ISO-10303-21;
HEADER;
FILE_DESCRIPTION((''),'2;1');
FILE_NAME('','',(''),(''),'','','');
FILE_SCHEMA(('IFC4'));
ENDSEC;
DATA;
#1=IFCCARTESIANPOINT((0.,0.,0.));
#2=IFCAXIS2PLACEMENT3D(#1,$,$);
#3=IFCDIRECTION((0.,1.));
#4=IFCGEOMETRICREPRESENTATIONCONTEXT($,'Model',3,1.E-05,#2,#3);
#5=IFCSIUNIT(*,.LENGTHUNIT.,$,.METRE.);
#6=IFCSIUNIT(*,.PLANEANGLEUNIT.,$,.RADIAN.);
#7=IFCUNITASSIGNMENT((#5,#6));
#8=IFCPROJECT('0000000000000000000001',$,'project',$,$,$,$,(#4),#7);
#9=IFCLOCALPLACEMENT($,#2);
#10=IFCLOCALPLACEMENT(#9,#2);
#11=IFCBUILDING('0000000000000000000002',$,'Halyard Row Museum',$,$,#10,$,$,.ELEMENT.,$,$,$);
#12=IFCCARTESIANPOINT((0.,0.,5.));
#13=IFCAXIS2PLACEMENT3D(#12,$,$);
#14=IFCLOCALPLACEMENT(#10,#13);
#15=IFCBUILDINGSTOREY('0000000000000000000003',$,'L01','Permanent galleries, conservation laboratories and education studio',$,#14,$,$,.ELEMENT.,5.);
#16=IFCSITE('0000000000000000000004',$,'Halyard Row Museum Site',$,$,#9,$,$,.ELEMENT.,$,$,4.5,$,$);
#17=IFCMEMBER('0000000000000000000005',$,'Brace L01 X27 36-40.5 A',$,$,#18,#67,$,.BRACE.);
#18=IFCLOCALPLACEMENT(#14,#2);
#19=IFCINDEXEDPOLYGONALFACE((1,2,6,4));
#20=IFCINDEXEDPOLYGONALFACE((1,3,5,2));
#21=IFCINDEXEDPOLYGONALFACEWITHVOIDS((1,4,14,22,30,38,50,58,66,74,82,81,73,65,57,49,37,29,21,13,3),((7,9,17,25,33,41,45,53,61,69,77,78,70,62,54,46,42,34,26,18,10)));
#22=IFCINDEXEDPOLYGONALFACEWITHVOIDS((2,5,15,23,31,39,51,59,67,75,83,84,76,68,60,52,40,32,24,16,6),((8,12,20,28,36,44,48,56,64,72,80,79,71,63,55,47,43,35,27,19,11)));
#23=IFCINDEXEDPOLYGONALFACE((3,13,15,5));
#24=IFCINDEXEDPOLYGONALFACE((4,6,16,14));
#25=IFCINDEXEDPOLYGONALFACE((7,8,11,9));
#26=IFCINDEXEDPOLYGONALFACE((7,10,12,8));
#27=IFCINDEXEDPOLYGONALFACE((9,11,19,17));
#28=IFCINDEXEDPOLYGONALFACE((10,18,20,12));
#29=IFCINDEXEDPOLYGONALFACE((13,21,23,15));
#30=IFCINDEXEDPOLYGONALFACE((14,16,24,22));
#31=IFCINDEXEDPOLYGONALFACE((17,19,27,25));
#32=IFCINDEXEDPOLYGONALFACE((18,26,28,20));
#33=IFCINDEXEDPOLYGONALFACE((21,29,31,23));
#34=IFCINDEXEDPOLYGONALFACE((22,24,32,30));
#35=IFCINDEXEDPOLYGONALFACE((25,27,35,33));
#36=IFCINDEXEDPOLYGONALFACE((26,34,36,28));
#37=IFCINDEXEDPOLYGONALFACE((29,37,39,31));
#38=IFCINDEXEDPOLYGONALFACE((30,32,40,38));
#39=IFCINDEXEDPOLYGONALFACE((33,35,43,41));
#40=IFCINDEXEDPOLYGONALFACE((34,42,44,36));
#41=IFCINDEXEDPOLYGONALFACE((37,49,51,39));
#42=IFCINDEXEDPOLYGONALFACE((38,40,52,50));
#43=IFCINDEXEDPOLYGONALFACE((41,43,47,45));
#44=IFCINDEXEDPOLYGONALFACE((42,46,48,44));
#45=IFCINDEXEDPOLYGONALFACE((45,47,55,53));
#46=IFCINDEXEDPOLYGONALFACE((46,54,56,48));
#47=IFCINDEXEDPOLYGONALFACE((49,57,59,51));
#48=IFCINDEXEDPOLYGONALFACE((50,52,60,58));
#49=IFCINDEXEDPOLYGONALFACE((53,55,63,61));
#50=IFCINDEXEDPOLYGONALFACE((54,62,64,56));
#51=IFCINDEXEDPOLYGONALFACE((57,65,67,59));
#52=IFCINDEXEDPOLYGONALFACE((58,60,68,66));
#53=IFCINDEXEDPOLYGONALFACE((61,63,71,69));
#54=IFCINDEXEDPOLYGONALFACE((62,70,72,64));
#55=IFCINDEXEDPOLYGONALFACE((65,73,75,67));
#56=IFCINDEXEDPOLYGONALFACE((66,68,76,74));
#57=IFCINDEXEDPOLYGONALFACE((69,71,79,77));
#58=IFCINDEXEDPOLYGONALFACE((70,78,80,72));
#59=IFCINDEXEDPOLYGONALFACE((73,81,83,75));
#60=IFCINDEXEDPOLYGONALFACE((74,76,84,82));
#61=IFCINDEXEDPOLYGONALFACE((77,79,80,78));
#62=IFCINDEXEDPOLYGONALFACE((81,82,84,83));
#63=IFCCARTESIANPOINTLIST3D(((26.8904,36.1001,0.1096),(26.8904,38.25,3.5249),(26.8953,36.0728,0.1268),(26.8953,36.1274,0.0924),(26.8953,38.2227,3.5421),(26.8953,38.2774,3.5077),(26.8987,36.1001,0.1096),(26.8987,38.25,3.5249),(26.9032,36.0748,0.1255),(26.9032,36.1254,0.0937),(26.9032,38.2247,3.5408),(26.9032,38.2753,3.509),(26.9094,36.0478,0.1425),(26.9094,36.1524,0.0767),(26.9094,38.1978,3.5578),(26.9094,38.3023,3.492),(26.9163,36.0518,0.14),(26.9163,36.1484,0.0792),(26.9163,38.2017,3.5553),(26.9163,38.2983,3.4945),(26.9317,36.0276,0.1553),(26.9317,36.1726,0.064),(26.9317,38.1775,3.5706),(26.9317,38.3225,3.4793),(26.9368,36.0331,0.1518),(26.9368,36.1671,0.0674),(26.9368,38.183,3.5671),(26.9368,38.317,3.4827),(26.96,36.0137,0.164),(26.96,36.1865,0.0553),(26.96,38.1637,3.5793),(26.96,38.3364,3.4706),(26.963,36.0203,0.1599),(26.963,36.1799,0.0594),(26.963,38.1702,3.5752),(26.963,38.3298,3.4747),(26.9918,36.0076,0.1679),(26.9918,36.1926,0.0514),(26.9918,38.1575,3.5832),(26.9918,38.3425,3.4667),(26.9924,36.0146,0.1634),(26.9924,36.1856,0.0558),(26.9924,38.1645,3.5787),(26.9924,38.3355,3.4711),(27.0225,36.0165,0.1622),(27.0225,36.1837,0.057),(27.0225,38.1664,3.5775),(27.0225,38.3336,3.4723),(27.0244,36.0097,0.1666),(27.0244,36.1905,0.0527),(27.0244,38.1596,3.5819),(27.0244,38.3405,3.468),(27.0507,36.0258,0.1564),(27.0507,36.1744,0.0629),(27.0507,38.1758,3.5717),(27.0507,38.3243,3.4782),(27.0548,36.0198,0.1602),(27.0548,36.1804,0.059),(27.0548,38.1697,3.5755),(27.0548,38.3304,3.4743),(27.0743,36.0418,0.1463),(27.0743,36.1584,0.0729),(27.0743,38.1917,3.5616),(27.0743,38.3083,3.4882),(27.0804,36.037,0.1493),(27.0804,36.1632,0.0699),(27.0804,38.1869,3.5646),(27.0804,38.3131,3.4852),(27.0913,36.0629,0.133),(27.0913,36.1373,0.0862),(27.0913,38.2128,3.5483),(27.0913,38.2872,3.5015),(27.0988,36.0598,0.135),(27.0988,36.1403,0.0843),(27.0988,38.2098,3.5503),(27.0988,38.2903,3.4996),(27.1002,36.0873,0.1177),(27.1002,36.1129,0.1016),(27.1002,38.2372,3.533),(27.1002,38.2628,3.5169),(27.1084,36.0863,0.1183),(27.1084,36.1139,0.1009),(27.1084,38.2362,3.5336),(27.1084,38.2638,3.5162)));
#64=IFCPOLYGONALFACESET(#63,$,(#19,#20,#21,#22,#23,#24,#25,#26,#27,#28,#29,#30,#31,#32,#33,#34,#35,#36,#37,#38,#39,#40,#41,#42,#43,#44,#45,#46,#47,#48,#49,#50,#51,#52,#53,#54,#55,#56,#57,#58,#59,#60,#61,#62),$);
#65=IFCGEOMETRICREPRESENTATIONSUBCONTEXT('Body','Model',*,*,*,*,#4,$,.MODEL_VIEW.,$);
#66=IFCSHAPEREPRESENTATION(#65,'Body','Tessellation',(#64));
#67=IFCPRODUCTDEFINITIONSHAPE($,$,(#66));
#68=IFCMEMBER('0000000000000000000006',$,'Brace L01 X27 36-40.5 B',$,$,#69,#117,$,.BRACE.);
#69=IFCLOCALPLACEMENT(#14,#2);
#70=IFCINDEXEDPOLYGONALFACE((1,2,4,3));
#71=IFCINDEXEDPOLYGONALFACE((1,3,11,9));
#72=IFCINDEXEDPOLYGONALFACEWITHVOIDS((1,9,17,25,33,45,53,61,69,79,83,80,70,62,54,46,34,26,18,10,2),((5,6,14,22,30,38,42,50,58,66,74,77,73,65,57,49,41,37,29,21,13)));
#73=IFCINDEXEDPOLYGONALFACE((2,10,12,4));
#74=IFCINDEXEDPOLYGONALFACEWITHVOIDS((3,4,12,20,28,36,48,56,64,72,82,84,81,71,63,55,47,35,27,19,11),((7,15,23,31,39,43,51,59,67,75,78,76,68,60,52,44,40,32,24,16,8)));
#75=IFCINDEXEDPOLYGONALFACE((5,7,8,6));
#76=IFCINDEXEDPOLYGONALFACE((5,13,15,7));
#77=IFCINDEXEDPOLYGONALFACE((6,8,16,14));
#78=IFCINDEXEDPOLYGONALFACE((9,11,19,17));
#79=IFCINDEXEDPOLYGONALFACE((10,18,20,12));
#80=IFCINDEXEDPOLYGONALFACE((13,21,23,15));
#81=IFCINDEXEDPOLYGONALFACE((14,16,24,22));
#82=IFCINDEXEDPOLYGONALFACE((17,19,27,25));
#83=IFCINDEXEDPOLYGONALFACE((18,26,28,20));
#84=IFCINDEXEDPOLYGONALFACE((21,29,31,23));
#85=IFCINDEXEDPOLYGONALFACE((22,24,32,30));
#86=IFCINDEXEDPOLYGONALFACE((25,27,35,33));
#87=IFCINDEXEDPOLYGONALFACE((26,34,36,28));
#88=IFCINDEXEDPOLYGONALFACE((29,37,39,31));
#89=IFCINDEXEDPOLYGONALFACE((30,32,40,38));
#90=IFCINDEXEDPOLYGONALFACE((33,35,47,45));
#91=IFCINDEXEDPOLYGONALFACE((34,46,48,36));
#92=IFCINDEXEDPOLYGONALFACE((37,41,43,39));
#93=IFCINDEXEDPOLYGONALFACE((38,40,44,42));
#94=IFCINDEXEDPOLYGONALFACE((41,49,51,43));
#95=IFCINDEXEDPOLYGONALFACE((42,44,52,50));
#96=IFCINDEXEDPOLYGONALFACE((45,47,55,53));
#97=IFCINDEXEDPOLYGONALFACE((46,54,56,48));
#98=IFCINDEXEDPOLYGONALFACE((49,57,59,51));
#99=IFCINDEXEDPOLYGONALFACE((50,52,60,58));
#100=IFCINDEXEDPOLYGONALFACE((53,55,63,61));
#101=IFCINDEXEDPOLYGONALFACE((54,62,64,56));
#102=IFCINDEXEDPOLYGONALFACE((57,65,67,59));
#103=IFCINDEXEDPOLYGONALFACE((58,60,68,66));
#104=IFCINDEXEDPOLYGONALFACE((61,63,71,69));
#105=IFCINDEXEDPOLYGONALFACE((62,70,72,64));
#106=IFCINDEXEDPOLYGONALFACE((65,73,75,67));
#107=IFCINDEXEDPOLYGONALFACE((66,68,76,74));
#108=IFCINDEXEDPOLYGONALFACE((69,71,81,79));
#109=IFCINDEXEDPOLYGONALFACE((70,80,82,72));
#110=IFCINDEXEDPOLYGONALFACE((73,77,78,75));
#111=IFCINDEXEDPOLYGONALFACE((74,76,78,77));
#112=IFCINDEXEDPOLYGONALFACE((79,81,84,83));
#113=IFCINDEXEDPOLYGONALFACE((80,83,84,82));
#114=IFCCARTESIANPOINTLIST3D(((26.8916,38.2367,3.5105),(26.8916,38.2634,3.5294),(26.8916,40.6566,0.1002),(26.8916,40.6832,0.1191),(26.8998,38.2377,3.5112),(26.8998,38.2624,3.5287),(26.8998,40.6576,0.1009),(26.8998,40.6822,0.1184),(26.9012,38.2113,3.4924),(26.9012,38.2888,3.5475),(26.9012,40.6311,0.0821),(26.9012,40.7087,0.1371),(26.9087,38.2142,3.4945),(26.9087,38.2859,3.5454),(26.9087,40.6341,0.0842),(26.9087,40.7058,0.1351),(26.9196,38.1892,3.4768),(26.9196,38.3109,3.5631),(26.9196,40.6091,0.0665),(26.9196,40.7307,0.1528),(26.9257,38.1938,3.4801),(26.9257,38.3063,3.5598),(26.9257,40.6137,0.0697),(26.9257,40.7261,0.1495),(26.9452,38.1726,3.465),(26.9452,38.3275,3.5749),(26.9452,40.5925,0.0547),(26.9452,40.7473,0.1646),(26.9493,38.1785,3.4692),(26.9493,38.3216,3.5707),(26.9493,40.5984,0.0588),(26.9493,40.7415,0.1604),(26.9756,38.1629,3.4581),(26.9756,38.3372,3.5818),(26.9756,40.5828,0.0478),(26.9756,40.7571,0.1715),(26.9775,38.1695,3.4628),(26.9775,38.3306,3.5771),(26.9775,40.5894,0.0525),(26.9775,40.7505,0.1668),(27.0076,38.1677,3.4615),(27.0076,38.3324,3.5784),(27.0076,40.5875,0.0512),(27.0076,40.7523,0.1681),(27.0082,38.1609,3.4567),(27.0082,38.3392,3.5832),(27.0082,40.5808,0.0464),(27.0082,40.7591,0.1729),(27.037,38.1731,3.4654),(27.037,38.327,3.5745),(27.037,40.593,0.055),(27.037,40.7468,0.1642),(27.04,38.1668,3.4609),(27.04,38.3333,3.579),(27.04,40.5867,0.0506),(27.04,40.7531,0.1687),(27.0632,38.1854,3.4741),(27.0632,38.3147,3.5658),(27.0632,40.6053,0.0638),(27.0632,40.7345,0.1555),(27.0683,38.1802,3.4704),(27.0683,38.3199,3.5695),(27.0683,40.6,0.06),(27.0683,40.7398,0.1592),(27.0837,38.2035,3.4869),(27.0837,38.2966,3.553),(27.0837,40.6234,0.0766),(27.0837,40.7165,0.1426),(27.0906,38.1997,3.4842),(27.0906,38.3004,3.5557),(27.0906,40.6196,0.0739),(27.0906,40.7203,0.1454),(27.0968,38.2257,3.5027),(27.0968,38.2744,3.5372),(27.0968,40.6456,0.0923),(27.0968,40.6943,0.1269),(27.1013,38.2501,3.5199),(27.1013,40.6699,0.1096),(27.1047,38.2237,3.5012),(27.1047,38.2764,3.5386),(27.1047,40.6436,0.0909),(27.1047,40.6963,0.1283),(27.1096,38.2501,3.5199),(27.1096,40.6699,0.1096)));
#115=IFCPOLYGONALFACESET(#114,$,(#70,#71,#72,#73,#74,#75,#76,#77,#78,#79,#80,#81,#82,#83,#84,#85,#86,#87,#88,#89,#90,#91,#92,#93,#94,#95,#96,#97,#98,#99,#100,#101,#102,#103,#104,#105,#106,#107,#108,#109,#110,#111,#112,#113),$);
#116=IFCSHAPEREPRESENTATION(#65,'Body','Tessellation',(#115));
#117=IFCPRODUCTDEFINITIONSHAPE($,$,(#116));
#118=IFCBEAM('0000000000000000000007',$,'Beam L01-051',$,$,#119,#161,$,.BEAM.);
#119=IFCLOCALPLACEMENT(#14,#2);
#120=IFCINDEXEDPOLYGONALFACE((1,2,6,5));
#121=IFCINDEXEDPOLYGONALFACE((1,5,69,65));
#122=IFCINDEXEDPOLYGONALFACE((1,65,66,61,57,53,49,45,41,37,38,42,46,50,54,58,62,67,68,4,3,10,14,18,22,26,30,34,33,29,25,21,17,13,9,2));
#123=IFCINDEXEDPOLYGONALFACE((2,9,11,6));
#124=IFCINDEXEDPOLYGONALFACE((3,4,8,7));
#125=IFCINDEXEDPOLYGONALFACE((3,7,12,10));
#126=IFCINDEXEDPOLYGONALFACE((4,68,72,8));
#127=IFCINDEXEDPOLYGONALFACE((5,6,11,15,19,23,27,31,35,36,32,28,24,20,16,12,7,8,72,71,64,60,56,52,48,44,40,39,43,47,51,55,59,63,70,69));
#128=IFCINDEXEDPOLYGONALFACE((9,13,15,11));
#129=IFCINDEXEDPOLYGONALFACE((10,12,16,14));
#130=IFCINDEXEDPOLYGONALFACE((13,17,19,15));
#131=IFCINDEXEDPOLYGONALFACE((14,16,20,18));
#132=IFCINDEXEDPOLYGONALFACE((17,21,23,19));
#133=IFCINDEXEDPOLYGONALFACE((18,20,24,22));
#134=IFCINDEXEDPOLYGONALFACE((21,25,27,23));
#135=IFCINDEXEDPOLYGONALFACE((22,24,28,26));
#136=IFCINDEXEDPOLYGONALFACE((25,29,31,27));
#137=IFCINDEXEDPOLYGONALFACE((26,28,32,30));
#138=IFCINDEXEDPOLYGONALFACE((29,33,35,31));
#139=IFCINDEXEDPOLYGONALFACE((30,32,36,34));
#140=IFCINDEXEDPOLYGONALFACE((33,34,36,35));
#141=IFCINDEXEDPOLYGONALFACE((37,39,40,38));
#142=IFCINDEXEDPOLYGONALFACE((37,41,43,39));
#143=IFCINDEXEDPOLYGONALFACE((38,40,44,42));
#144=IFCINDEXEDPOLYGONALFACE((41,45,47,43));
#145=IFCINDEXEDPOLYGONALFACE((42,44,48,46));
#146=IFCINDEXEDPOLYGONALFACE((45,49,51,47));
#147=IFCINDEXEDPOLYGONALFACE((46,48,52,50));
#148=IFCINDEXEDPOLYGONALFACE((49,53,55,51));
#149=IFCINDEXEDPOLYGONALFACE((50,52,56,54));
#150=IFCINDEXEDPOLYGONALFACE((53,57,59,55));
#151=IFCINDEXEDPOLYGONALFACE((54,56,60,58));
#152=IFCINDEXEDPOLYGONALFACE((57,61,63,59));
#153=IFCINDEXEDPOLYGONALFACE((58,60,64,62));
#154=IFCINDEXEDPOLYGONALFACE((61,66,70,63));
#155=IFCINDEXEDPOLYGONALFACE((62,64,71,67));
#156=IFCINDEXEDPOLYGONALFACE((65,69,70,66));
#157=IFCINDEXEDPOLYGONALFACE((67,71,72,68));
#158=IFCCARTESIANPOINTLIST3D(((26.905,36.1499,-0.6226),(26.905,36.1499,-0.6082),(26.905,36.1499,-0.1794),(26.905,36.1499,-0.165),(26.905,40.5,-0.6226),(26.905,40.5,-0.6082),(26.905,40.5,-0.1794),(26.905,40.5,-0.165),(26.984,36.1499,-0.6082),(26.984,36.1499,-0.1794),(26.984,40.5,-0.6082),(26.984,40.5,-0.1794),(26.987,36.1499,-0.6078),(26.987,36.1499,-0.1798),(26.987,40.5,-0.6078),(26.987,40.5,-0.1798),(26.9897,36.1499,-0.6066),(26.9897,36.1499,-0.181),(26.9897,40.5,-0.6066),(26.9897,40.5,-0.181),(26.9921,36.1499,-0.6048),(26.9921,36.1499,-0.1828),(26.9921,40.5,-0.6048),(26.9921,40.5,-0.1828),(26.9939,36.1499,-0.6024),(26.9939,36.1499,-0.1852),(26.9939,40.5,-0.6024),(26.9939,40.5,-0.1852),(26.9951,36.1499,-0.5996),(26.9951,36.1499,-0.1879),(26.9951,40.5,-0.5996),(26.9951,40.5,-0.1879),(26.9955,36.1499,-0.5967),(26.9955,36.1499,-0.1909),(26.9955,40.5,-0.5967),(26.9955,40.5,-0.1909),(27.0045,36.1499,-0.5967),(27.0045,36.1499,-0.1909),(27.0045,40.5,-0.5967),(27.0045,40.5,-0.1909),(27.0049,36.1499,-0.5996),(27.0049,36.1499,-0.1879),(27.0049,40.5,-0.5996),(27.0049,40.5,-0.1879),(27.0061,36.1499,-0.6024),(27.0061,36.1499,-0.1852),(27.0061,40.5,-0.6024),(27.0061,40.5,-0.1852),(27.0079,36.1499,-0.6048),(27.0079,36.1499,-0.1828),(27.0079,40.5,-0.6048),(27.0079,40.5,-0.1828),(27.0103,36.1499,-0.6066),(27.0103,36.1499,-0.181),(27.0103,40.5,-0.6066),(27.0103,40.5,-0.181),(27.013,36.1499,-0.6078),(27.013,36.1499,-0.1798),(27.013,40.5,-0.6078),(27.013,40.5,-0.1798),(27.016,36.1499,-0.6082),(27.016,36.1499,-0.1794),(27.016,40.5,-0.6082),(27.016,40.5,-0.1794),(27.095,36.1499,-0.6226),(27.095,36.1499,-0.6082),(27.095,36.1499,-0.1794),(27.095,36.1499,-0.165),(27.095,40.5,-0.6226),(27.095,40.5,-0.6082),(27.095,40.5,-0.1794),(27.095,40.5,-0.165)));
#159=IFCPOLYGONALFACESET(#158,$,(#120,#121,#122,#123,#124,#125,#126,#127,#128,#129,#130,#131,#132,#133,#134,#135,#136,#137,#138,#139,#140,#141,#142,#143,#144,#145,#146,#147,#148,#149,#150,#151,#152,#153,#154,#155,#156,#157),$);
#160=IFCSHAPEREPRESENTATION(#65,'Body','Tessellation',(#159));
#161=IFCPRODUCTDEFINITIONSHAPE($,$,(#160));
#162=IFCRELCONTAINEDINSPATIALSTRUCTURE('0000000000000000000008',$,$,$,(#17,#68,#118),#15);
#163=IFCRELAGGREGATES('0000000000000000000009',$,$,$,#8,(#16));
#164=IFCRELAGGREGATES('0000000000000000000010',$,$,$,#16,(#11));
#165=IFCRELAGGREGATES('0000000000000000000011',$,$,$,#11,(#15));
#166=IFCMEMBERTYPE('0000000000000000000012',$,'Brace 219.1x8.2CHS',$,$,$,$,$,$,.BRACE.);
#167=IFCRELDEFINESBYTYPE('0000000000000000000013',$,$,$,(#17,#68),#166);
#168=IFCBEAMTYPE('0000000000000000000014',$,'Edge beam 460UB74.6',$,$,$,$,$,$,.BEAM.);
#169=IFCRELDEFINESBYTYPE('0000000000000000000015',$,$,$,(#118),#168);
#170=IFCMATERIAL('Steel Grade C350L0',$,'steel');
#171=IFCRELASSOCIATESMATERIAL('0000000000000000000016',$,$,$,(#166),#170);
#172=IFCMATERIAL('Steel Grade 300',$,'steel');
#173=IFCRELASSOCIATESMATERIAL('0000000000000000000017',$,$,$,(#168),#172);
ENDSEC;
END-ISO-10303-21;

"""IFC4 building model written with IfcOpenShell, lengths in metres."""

from ifc_helpers import new_model, si_unit, direction, frame, origin, origin_2d, place, context, subcontext, project, spatial, hollow_circle, i_section, extrude, material, material_profile, profile_set, type_object, element, save


model = new_model("IFC4")

# Units and contexts
model_context = context("Model", 3, precision=1e-05, world=origin(), true_north=direction((0.0, 1.0)))
body_context = subcontext(model_context, "Body", "Model", "MODEL_VIEW")
ifc_project = project(units=[si_unit("LENGTHUNIT", "METRE"), si_unit("PLANEANGLEUNIT", "RADIAN")], contexts=[model_context])

# Site, building, storey
site_placement = place(None, origin())
site = spatial("IfcSite", under=ifc_project, at=site_placement, Name="Halyard Row Museum Site", CompositionType="ELEMENT", RefElevation=4.5)
building_placement = place(site_placement, origin())
building = spatial("IfcBuilding", under=site, at=building_placement, Name="Halyard Row Museum", CompositionType="ELEMENT")
storey_placement = place(building_placement, frame((0.0, 0.0, 5.0)))
storey = spatial("IfcBuildingStorey", under=building, at=storey_placement, Name="L01", Description="Permanent galleries, conservation laboratories and education studio", CompositionType="ELEMENT", Elevation=5.0)

# Members
ifc_material_1 = material(Name="Steel Grade C350L0", Category="steel")
ifc_material_profile_1 = material_profile(ifc_material_1, hollow_circle(Radius=0.1096, WallThickness=0.0083, at=origin_2d()), Name="219.1x8.2CHS")
ifc_profile_set_1 = profile_set([ifc_material_profile_1], Name="Steel Grade C350L0")
member_type_1 = type_object("IfcMemberType", Name="Brace 219.1x8.2CHS", PredefinedType="BRACE", material=ifc_profile_set_1)
member_1_placement = place(storey_placement, frame((27.0, 36.1001, 0.1096), z_axis=(0.0, 0.532731, 0.846284), x_axis=(-1.0, 0.0, 0.0)))
element("IfcMember", 1, at=member_1_placement, inside=storey, type_object=member_type_1, Name="Brace L01 X27 36-40.5 A", PredefinedType="BRACE", context=body_context, shape_type="SweptSolid", body=[
    extrude(hollow_circle(Radius=0.1096, WallThickness=0.0083, at=origin_2d()), origin(), (0.0, 0.0, 1.0), 4.0356),
])
member_2_placement = place(storey_placement, frame((27.0, 40.6699, 0.1096), z_axis=(0.0, -0.578689, 0.815548), x_axis=(1.0, 0.0, 0.0)))
element("IfcMember", 2, at=member_2_placement, inside=storey, type_object=member_type_1, Name="Brace L01 X27 36-40.5 B", PredefinedType="BRACE", context=body_context, shape_type="SweptSolid", body=[
    extrude(hollow_circle(Radius=0.1096, WallThickness=0.0083, at=origin_2d()), origin(), (0.0, 0.0, 1.0), 4.1816),
])

# Beam
ifc_material_2 = material(Name="Steel Grade 300", Category="steel")
ifc_material_profile_2 = material_profile(ifc_material_2, i_section(OverallWidth=0.1899, OverallDepth=0.4575, WebThickness=0.009, FlangeThickness=0.0144, FilletRadius=0.0115, at=origin_2d()), Name="460UB74.6")
ifc_profile_set_2 = profile_set([ifc_material_profile_2], Name="Steel Grade 300")
beam_type_1 = type_object("IfcBeamType", Name="Edge beam 460UB74.6", PredefinedType="BEAM", material=ifc_profile_set_2)
beam_1_placement = place(storey_placement, frame((27.0, 36.1499, -0.3938), z_axis=(0.0, 1.0, 0.0), x_axis=(-1.0, 0.0, 0.0)))
element("IfcBeam", 3, at=beam_1_placement, inside=storey, type_object=beam_type_1, Name="Beam L01-051", PredefinedType="BEAM", context=body_context, shape_type="SweptSolid", body=[
    extrude(i_section(OverallWidth=0.1899, OverallDepth=0.4575, WebThickness=0.009, FlangeThickness=0.0144, FilletRadius=0.0115, at=origin_2d()), origin(), (0.0, 0.0, 1.0), 4.3501),
])

save(model, "model.ifc")
